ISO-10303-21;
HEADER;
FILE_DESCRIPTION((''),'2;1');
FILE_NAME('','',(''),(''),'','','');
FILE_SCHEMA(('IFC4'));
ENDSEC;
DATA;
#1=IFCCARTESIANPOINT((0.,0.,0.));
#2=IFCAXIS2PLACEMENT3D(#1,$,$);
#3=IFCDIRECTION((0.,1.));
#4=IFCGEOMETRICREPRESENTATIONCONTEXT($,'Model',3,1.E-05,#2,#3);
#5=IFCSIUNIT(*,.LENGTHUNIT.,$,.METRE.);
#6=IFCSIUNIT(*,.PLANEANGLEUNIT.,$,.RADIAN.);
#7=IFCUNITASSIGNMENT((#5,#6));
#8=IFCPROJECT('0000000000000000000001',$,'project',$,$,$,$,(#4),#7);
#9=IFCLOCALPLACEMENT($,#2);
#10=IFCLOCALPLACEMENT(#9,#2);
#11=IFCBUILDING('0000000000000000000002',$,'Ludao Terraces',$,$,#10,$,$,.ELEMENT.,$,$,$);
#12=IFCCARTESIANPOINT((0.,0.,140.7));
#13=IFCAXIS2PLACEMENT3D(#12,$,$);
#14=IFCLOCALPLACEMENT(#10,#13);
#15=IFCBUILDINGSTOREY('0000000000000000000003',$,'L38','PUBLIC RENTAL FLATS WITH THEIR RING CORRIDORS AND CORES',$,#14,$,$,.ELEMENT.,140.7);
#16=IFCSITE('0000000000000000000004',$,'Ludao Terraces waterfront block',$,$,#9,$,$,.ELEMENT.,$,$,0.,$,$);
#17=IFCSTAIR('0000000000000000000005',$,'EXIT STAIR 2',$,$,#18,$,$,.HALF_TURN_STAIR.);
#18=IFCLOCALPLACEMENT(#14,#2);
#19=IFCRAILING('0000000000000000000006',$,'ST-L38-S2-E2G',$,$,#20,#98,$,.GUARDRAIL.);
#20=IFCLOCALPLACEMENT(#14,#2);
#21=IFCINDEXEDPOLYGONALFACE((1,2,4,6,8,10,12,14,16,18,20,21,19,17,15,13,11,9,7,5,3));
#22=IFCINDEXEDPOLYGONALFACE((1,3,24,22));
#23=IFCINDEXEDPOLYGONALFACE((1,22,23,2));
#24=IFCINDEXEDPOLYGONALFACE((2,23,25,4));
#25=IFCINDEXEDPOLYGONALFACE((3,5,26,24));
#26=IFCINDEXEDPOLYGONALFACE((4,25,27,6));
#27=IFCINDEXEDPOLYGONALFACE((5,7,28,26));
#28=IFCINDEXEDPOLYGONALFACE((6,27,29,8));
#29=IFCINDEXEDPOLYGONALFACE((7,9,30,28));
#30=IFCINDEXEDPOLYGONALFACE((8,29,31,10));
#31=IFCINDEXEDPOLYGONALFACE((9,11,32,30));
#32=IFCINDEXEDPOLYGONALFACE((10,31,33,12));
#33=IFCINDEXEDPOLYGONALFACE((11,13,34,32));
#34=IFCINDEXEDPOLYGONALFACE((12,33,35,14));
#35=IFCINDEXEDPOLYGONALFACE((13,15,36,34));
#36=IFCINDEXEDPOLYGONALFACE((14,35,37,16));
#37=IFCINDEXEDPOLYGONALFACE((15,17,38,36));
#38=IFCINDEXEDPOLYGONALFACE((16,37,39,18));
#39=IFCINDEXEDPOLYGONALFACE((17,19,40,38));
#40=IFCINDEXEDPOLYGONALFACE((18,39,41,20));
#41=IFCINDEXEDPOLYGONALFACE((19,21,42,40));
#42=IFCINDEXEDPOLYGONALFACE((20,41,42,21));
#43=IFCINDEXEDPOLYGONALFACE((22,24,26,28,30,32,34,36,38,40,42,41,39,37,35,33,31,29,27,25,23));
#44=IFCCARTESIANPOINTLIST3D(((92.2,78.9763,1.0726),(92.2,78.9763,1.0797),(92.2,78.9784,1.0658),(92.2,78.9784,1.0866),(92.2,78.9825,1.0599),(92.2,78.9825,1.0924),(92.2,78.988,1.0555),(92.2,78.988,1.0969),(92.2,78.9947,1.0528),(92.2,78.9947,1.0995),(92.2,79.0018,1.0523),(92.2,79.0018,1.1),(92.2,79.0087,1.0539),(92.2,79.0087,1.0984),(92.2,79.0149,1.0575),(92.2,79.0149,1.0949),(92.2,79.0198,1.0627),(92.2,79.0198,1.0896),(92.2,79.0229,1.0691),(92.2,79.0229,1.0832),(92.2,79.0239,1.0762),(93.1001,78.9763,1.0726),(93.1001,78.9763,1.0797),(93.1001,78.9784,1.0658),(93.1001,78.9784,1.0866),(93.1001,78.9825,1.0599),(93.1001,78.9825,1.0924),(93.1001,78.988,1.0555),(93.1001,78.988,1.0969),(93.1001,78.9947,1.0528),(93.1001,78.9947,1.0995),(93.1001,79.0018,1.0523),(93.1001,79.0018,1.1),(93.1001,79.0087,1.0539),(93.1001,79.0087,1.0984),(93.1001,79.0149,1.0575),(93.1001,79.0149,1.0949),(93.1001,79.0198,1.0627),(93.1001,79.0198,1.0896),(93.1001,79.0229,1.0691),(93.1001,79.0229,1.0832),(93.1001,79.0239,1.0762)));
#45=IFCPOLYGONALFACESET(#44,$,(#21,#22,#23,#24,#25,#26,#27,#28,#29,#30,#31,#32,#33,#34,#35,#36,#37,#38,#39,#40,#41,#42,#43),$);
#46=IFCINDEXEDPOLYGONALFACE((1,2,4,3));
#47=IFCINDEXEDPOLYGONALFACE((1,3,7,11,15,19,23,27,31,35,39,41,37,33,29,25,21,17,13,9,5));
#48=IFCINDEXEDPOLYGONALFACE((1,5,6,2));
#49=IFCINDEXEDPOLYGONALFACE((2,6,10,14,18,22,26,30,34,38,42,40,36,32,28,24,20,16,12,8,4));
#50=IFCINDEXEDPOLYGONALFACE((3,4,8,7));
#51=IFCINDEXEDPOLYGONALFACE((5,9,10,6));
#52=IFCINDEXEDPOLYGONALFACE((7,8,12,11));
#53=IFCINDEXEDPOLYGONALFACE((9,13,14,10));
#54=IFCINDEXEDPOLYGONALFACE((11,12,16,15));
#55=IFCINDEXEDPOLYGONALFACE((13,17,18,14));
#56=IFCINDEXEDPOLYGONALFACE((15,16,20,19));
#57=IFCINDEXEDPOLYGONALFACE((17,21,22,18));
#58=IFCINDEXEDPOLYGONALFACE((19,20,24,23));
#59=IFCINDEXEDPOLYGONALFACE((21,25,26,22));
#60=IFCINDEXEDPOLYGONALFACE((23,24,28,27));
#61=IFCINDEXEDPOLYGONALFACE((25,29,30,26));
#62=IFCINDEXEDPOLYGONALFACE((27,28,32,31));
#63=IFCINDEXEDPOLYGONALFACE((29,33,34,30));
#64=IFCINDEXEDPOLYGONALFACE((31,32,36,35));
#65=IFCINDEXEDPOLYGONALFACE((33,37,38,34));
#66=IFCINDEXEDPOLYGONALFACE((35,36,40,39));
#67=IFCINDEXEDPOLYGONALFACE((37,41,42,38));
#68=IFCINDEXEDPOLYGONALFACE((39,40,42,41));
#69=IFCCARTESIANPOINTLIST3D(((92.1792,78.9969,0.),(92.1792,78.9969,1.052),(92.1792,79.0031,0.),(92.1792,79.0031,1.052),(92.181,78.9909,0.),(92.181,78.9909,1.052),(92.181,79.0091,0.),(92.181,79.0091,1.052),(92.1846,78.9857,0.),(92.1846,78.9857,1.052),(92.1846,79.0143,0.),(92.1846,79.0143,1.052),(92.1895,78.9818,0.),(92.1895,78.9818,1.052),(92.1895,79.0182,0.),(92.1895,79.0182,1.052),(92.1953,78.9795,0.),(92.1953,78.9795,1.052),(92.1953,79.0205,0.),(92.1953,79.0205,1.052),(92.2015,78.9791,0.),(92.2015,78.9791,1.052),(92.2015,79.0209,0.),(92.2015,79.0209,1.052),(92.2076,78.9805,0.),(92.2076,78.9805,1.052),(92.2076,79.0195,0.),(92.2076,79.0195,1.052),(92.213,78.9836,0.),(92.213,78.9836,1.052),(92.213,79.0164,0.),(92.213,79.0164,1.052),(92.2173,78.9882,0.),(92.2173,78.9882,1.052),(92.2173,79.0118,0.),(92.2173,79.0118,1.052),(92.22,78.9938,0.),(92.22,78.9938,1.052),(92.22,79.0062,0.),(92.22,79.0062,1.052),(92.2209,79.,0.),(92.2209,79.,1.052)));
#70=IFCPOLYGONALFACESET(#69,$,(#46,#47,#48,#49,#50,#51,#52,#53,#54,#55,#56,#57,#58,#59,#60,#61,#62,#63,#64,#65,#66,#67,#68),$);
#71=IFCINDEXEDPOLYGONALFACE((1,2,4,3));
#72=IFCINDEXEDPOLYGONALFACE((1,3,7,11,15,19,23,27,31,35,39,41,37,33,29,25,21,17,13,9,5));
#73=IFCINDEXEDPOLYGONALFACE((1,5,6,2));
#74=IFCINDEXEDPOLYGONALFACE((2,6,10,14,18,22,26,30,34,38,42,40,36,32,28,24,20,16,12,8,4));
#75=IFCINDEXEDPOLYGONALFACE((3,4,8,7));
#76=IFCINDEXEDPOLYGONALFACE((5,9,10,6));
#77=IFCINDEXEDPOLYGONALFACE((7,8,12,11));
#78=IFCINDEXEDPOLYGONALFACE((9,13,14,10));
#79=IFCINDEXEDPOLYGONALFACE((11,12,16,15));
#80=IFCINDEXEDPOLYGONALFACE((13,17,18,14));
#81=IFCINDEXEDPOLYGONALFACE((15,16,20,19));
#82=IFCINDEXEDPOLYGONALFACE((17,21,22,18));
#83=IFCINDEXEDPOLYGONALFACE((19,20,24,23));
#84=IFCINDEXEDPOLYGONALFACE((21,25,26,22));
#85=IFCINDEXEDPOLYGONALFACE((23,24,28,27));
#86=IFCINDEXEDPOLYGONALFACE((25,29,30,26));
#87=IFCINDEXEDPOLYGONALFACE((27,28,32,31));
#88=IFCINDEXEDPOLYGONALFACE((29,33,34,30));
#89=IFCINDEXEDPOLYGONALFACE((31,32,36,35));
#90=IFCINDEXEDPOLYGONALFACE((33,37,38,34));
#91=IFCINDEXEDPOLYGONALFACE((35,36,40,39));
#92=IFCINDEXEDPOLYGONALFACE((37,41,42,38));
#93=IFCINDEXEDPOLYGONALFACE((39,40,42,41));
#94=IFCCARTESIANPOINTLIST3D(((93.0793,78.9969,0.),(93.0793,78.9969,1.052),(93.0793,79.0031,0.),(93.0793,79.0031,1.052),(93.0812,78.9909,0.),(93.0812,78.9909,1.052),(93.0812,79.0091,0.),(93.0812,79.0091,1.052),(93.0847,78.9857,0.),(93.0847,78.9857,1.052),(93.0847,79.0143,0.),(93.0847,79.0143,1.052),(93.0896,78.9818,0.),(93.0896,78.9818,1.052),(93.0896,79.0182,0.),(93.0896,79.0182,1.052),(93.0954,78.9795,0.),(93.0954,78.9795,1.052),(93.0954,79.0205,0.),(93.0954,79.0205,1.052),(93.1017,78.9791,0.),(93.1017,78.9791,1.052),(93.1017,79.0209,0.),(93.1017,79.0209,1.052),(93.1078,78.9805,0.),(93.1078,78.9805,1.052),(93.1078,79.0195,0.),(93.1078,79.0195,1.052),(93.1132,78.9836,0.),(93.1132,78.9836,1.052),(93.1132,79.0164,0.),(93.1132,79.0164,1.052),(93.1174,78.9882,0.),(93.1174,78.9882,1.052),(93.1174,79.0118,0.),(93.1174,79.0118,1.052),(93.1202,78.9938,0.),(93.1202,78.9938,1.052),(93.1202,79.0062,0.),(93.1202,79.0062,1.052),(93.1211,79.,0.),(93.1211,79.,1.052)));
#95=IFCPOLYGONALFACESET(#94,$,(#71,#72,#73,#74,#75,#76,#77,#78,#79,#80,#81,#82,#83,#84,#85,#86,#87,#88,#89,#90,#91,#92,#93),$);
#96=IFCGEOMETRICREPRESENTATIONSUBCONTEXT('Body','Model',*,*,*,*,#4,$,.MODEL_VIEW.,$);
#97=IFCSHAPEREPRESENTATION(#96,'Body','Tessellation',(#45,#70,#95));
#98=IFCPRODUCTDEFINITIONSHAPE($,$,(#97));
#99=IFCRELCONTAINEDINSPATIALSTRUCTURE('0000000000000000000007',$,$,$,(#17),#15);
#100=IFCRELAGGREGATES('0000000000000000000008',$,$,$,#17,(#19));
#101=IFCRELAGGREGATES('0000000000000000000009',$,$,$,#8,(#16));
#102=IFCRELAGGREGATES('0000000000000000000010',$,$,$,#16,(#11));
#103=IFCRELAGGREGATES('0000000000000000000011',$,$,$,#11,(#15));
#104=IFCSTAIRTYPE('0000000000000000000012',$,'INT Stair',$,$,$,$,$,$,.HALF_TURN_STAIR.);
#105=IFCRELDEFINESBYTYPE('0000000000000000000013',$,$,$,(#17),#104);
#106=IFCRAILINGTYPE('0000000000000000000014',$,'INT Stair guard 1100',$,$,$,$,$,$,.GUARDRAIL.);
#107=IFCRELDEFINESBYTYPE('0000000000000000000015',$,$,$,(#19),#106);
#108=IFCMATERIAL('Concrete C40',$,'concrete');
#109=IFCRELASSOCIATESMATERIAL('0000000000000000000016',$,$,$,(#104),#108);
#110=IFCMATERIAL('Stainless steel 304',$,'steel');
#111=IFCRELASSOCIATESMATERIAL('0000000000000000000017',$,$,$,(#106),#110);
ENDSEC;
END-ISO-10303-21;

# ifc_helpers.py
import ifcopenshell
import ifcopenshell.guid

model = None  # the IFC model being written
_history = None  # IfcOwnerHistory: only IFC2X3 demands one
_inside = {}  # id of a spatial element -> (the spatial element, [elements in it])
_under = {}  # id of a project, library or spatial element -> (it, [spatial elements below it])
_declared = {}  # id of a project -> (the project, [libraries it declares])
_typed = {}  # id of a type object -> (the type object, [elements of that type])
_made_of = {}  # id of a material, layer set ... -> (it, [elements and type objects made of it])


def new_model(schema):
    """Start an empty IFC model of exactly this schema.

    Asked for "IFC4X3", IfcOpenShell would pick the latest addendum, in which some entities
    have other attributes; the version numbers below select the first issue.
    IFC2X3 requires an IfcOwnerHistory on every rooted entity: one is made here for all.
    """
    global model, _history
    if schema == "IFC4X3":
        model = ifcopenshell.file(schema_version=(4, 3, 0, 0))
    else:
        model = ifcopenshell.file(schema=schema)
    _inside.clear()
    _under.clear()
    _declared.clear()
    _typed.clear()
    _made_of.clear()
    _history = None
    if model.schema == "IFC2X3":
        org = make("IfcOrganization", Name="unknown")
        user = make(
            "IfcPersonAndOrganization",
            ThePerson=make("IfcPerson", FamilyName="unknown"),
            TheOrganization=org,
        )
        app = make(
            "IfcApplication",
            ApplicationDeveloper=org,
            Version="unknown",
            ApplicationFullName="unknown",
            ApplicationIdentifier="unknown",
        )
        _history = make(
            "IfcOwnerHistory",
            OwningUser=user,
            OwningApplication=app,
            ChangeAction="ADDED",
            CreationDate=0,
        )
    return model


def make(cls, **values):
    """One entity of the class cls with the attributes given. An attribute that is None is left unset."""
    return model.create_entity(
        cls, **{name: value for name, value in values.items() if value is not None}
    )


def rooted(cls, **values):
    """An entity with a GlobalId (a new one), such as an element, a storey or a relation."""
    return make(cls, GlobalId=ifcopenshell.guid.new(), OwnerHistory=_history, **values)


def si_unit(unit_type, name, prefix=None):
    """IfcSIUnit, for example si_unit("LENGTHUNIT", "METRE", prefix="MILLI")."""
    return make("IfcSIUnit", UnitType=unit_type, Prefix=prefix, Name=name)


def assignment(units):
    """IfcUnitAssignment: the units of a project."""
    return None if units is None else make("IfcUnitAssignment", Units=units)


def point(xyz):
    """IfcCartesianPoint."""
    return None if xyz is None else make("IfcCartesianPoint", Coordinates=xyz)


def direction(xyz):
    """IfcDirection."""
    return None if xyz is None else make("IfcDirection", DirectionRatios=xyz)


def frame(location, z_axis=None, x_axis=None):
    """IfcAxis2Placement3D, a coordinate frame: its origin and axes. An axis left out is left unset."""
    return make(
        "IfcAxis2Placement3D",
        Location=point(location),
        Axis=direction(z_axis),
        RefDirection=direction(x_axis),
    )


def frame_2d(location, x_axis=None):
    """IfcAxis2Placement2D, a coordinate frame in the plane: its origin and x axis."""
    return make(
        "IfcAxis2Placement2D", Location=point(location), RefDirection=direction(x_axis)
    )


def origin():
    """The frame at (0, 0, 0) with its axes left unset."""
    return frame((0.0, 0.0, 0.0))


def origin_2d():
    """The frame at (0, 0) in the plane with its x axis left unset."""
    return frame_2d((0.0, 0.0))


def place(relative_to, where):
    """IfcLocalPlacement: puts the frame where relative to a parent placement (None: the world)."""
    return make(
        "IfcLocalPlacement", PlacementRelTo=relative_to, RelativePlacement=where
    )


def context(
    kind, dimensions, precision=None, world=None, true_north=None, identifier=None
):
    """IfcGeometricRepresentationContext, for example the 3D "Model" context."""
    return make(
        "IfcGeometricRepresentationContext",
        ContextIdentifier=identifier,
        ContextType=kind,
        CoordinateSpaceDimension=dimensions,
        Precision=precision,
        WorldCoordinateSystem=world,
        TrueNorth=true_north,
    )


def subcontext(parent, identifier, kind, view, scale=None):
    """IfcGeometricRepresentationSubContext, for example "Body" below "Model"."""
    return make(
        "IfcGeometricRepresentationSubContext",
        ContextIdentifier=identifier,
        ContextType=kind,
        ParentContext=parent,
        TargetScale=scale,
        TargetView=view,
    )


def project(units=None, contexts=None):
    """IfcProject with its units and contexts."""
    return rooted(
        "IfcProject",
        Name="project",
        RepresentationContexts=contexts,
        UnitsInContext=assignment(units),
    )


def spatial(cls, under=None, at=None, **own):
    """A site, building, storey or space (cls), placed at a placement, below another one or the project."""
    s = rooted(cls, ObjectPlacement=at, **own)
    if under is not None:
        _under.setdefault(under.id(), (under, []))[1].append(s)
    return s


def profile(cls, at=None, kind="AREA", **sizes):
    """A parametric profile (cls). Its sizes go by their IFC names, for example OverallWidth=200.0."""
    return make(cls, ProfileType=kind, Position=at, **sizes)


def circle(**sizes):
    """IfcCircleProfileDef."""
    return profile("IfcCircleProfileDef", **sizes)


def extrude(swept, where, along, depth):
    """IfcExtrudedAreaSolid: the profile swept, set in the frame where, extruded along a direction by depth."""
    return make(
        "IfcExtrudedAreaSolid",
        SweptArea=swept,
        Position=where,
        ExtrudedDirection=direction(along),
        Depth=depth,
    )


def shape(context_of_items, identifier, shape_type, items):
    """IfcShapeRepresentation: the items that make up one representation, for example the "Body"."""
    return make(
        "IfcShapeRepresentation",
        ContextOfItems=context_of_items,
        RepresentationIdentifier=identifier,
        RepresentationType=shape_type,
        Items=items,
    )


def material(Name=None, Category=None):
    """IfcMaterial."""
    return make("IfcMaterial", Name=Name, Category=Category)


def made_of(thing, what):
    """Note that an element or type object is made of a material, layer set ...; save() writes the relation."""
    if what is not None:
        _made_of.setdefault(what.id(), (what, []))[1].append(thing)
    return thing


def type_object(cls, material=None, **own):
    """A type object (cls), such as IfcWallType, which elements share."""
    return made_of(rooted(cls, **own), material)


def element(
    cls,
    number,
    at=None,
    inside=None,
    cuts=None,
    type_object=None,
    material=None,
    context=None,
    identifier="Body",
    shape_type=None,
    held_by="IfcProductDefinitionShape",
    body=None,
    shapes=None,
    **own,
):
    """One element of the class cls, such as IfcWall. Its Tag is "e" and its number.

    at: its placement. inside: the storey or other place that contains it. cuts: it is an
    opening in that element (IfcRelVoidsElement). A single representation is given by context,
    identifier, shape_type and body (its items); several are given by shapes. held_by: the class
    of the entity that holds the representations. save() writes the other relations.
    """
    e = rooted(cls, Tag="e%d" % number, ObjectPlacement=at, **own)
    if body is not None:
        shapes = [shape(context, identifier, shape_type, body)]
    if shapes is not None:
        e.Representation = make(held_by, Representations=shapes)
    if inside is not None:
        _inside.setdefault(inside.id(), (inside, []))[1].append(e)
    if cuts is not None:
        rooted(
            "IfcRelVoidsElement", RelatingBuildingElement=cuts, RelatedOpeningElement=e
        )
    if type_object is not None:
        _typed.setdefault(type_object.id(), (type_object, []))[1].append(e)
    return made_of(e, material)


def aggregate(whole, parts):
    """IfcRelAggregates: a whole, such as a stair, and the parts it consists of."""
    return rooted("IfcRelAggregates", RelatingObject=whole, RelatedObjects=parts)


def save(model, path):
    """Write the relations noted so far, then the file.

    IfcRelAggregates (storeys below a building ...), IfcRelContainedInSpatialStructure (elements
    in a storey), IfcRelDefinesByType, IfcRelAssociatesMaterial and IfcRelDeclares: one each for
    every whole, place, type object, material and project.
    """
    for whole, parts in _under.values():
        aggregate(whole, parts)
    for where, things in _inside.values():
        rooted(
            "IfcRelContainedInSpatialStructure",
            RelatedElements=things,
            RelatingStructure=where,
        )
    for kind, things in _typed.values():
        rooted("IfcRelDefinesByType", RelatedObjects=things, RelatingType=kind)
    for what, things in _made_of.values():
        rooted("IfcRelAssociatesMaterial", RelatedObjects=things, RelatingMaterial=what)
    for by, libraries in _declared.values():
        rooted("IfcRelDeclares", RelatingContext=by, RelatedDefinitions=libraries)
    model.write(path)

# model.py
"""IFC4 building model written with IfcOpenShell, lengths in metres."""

from ifc_helpers import new_model, si_unit, direction, frame, origin, origin_2d, place, context, subcontext, project, spatial, circle, extrude, material, type_object, element, aggregate, save


model = new_model("IFC4")

# Units and contexts
model_context = context("Model", 3, precision=1e-05, world=origin(), true_north=direction((0.0, 1.0)))
body_context = subcontext(model_context, "Body", "Model", "MODEL_VIEW")
ifc_project = project(units=[si_unit("LENGTHUNIT", "METRE"), si_unit("PLANEANGLEUNIT", "RADIAN")], contexts=[model_context])

# Site, building, storey
site_placement = place(None, origin())
site = spatial("IfcSite", under=ifc_project, at=site_placement, Name="Ludao Terraces waterfront block", CompositionType="ELEMENT", RefElevation=0.0)
building_placement = place(site_placement, origin())
building = spatial("IfcBuilding", under=site, at=building_placement, Name="Ludao Terraces", CompositionType="ELEMENT")
storey_placement = place(building_placement, frame((0.0, 0.0, 140.7)))
storey = spatial("IfcBuildingStorey", under=building, at=storey_placement, Name="L38", Description="PUBLIC RENTAL FLATS WITH THEIR RING CORRIDORS AND CORES", CompositionType="ELEMENT", Elevation=140.7)

# Shared definitions
ifc_material_1 = material(Name="Stainless steel 304", Category="steel")

# Stair, railing
ifc_material_2 = material(Name="Concrete C40", Category="concrete")
stair_type = type_object("IfcStairType", Name="INT Stair", PredefinedType="HALF_TURN_STAIR", material=ifc_material_2)
stair_placement = place(storey_placement, origin())
stair = element("IfcStair", 1, at=stair_placement, inside=storey, type_object=stair_type, Name="EXIT STAIR 2", PredefinedType="HALF_TURN_STAIR")
railing_type_1 = type_object("IfcRailingType", Name="INT Stair guard 1100", PredefinedType="GUARDRAIL", material=ifc_material_1)
railing_1_placement = place(storey_placement, frame((92.2, 79.0, 0.0)))
railing_1 = element("IfcRailing", 2, at=railing_1_placement, type_object=railing_type_1, Name="ST-L38-S2-E2G", PredefinedType="GUARDRAIL", context=body_context, shape_type="SweptSolid", body=[
    extrude(circle(Radius=0.0239, at=origin_2d()), frame((0.0, 0.0, 1.0762), z_axis=(1.0, 0.0, 0.0), x_axis=(0.0, 1.0, 0.0)), (0.0, 0.0, 1.0), 0.9001),
    extrude(circle(Radius=0.021, at=origin_2d()), origin(), (0.0, 0.0, 1.0), 1.052),
    extrude(circle(Radius=0.021, at=origin_2d()), frame((0.9001, 0.0, 0.0)), (0.0, 0.0, 1.0), 1.052),
])
aggregate(stair, [railing_1])

save(model, "model.ifc")
